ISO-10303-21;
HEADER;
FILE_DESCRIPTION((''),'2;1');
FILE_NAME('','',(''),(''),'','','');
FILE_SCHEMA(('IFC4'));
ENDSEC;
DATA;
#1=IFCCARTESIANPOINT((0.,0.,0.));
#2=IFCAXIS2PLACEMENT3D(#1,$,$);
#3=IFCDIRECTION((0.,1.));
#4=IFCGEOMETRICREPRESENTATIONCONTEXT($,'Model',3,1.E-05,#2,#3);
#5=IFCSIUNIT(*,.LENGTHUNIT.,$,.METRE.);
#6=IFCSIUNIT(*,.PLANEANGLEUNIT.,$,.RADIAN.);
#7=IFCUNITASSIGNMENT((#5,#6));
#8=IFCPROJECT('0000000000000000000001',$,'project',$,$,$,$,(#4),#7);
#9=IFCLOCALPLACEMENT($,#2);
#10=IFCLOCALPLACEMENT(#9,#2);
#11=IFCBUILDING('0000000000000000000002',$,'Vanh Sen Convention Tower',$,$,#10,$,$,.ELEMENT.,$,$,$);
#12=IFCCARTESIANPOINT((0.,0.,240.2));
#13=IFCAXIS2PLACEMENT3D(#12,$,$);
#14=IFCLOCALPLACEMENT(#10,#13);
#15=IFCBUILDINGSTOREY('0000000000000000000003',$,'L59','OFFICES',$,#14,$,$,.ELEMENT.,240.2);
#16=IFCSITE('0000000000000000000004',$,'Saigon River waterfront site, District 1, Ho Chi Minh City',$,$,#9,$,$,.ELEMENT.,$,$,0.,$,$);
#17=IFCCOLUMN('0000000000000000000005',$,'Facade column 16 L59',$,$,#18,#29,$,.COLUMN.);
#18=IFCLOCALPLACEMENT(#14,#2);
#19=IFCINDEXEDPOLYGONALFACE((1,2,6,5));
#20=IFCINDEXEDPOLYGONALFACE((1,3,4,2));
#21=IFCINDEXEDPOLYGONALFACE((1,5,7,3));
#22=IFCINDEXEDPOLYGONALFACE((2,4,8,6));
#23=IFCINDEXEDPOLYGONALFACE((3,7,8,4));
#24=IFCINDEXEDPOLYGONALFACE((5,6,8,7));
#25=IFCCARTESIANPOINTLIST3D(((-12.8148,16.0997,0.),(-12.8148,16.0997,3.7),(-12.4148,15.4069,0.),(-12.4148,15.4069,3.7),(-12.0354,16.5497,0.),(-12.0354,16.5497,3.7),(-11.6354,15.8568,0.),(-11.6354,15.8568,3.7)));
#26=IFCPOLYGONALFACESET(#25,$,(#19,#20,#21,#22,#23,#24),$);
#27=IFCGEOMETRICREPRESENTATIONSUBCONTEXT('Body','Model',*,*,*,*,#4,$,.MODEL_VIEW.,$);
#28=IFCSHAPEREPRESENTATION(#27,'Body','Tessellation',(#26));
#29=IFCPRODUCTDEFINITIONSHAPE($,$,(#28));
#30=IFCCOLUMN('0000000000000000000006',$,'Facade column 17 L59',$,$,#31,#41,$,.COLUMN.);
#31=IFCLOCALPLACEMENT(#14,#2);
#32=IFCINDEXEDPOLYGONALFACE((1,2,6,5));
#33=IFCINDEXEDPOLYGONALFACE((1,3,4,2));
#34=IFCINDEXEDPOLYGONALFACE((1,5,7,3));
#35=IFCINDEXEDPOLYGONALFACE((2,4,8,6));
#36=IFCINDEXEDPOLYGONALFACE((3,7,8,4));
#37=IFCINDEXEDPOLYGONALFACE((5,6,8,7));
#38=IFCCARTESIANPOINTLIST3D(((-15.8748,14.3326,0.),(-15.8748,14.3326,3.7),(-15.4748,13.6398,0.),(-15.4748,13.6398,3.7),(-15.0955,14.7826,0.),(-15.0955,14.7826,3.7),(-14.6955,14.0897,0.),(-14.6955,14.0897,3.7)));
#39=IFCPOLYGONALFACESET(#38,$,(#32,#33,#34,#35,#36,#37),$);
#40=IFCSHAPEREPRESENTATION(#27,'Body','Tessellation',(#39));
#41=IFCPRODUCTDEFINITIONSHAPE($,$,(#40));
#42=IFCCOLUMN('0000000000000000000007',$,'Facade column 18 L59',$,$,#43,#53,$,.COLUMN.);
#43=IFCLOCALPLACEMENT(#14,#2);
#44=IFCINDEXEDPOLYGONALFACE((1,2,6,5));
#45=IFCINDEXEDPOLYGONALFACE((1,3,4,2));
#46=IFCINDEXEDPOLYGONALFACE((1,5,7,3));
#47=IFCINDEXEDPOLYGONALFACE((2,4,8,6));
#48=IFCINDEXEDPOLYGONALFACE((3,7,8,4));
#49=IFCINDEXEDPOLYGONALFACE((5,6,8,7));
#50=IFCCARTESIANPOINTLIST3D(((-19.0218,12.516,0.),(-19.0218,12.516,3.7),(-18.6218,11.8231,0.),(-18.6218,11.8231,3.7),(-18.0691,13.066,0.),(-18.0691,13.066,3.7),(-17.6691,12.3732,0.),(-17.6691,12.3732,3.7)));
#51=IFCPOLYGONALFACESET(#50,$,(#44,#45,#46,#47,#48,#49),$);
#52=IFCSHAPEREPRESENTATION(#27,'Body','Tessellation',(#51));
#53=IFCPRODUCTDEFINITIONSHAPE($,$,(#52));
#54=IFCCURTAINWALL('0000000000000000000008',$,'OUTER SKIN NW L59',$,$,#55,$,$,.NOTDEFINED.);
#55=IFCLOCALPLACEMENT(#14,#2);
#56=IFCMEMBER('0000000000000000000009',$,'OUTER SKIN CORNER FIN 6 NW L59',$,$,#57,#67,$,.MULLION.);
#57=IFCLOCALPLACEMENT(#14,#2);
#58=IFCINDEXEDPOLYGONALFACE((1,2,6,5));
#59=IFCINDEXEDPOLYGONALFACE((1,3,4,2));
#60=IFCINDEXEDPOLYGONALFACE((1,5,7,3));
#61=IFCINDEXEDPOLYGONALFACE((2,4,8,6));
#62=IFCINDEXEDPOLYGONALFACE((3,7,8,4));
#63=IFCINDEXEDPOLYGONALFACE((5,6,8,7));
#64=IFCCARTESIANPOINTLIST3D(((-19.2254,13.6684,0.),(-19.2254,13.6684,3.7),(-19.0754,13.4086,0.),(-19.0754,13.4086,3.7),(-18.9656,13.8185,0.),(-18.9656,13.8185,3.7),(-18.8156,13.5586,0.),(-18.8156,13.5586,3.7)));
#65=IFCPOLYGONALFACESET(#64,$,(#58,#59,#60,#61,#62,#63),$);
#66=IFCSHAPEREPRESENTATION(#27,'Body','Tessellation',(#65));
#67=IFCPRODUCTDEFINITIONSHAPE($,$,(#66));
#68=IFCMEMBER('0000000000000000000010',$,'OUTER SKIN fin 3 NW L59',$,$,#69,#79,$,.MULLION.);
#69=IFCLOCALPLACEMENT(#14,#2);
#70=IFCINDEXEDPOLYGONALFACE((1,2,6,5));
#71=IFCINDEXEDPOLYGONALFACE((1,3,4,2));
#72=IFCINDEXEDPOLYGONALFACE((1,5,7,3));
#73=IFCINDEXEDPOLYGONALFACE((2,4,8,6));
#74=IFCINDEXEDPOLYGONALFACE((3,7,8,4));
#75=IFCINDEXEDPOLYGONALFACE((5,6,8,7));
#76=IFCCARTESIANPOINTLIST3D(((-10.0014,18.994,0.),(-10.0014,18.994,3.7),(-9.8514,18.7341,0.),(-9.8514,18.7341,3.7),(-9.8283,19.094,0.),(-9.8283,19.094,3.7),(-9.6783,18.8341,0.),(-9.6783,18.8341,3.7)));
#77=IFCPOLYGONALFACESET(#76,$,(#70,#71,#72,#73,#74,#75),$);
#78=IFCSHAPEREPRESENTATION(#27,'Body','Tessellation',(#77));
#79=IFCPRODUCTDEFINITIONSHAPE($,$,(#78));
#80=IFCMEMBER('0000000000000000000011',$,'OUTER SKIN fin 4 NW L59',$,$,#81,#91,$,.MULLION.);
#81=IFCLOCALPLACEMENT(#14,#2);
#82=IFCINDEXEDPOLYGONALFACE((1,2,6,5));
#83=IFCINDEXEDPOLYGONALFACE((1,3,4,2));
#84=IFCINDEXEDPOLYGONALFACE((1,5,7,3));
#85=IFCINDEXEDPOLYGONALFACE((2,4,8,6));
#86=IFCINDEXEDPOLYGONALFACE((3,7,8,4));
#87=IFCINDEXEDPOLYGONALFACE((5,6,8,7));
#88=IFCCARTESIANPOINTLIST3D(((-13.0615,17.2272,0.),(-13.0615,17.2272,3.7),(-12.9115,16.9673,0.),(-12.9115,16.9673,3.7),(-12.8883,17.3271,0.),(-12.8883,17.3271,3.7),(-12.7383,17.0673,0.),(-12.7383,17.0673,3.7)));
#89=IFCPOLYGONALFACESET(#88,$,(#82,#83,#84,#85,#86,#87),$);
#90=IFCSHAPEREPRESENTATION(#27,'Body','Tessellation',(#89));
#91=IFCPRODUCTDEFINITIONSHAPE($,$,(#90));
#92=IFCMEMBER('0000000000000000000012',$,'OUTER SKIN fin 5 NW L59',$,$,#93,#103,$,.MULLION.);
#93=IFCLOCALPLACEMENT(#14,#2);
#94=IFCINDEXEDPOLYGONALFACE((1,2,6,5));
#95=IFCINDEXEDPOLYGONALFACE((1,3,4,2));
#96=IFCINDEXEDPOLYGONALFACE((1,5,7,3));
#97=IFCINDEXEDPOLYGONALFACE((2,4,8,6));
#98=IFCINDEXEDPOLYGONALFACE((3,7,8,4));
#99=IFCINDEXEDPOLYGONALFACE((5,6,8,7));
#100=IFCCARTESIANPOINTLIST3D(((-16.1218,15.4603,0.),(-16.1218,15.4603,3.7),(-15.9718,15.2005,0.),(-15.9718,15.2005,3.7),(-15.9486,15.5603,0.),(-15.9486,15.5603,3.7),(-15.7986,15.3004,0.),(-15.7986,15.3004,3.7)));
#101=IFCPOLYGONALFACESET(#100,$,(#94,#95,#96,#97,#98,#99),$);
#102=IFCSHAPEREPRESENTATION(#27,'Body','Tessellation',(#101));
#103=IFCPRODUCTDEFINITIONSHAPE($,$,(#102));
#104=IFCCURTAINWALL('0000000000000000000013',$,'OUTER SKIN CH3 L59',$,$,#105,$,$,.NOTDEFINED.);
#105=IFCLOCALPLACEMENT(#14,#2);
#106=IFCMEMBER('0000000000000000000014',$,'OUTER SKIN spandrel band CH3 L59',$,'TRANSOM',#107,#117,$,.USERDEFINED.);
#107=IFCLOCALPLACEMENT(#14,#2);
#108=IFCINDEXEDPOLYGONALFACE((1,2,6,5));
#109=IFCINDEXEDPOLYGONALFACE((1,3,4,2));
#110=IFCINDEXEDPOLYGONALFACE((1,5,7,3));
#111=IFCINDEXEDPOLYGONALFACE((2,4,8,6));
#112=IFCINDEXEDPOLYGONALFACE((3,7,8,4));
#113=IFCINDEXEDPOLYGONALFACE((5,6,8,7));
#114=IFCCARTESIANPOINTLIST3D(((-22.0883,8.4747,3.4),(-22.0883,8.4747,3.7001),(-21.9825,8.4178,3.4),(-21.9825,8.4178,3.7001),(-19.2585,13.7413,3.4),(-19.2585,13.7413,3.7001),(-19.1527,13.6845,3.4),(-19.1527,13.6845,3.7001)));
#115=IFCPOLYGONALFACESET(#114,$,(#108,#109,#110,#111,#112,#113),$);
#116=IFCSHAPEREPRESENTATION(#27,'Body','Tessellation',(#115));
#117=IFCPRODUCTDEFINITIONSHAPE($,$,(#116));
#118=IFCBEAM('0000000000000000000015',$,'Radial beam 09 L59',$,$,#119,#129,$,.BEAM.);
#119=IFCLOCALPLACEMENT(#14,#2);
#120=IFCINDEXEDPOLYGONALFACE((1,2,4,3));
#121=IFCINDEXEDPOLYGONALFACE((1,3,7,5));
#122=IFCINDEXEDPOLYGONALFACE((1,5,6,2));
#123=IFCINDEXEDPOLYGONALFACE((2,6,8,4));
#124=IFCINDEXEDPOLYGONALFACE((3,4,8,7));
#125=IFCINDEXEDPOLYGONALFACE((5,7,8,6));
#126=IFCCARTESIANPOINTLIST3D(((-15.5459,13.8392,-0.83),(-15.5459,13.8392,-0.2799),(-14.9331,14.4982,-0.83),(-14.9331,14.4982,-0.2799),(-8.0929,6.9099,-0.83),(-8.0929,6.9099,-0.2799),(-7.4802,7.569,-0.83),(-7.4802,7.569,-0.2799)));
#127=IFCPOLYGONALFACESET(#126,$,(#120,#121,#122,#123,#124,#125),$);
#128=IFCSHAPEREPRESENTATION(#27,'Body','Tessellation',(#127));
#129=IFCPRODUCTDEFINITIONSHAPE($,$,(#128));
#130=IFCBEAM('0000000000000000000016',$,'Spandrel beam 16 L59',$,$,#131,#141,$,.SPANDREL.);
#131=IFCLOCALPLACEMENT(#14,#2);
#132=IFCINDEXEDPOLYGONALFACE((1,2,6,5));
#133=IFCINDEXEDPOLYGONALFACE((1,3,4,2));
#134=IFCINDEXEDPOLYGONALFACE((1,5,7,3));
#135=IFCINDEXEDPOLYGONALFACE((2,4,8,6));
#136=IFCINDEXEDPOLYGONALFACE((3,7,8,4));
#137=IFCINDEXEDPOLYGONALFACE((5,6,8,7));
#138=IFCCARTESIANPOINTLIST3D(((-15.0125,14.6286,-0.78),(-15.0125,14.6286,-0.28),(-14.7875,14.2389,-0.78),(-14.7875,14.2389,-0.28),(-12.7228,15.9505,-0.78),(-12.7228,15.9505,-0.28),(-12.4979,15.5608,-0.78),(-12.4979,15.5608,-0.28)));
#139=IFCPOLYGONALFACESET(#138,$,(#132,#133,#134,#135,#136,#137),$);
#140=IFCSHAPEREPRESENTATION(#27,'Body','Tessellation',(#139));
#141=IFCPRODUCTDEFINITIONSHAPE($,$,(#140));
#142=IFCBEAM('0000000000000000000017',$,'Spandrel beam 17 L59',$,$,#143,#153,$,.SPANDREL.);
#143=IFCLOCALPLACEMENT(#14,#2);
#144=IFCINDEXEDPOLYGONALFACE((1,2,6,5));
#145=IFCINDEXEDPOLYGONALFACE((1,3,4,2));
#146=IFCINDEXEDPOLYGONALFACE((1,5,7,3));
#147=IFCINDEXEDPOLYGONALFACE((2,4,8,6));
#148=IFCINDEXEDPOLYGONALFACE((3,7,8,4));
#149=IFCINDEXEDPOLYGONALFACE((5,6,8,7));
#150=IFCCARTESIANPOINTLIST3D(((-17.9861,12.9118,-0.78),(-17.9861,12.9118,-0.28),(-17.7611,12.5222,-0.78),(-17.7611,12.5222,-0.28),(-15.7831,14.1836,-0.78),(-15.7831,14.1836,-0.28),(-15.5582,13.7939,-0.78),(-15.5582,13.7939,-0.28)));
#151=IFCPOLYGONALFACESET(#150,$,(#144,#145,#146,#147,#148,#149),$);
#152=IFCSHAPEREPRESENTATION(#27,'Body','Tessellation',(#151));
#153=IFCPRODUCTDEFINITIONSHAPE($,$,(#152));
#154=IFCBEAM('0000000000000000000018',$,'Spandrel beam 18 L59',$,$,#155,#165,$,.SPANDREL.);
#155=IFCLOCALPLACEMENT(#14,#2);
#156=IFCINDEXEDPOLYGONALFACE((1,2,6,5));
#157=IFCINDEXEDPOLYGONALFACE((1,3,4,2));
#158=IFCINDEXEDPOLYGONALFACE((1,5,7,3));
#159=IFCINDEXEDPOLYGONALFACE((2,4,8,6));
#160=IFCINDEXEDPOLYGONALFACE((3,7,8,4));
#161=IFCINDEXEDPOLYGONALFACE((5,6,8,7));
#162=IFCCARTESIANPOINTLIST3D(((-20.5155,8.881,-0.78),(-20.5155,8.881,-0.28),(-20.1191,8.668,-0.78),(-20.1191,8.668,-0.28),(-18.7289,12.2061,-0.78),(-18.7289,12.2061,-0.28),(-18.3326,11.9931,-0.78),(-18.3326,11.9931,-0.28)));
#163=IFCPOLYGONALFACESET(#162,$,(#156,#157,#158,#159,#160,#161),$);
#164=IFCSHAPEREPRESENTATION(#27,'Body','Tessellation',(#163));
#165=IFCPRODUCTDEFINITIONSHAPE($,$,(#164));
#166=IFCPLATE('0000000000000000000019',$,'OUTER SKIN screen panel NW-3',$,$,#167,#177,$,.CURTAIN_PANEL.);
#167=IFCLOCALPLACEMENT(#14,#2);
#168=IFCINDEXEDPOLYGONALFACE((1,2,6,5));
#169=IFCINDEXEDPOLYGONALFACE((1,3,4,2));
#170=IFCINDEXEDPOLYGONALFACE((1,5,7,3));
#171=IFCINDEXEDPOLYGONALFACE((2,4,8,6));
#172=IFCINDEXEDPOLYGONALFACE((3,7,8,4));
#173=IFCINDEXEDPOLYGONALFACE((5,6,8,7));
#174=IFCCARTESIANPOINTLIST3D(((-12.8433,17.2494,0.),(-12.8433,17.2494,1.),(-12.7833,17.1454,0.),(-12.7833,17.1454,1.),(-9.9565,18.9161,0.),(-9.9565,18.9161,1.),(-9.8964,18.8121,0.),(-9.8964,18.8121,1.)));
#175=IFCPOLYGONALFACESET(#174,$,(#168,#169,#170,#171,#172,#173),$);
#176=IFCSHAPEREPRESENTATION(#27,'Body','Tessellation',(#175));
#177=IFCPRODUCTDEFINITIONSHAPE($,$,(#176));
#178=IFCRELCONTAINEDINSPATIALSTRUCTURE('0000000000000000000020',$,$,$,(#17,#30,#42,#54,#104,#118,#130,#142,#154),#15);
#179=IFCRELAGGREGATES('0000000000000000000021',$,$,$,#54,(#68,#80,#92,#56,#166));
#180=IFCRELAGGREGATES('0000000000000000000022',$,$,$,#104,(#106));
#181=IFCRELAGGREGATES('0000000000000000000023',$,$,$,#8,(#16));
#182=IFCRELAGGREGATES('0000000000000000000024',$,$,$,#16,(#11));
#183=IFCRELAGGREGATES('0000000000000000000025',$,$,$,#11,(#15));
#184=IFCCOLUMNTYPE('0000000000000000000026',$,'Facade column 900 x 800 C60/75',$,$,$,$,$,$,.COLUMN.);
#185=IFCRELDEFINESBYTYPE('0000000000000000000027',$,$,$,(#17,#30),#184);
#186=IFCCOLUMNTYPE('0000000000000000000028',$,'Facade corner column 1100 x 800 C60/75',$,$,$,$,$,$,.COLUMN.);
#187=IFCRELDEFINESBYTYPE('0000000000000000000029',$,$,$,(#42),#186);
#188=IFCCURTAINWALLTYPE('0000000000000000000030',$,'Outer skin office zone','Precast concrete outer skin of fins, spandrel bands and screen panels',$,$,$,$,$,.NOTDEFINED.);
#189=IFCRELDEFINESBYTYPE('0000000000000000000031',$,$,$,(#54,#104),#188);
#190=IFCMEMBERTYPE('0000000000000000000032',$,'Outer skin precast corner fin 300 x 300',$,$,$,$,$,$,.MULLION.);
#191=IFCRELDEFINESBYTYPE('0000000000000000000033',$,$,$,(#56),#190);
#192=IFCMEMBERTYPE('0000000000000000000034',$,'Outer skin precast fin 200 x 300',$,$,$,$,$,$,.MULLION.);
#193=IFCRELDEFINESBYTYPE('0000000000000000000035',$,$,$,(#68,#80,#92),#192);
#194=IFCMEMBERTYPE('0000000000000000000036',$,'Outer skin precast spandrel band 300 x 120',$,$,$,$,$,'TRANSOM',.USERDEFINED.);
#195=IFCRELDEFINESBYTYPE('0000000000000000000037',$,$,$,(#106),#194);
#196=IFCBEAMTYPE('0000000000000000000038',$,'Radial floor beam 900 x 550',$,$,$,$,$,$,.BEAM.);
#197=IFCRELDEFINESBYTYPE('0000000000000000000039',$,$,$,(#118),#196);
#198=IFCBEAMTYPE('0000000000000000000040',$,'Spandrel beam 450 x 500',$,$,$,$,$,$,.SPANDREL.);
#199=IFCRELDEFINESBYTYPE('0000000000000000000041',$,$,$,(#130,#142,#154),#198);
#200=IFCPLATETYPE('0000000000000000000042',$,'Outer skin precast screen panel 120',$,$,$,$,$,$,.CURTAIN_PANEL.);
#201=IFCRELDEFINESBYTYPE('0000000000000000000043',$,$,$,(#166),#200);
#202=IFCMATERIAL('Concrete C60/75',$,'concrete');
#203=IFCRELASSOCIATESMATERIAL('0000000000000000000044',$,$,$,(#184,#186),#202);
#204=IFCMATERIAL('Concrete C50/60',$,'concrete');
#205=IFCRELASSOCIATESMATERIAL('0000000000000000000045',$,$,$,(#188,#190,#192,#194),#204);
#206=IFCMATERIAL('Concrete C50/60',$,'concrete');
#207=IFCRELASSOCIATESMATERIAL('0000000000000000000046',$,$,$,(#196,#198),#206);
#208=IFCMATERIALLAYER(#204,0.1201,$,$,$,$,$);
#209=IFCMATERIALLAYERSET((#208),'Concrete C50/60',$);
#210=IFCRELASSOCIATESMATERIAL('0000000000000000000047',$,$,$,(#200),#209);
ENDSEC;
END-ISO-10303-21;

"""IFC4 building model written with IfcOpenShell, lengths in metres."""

from ifc_helpers import new_model, si_unit, direction, frame, origin, origin_2d, place, context, subcontext, project, spatial, rectangle, extrude, material, layer, layer_set, material_profile, profile_set, type_object, element, aggregate, save


model = new_model("IFC4")

# Units and contexts
model_context = context("Model", 3, precision=1e-05, world=origin(), true_north=direction((0.0, 1.0)))
body_context = subcontext(model_context, "Body", "Model", "MODEL_VIEW")
ifc_project = project(units=[si_unit("LENGTHUNIT", "METRE"), si_unit("PLANEANGLEUNIT", "RADIAN")], contexts=[model_context])

# Site, building, storey
site_placement = place(None, origin())
site = spatial("IfcSite", under=ifc_project, at=site_placement, Name="Saigon River waterfront site, District 1, Ho Chi Minh City", CompositionType="ELEMENT", RefElevation=0.0)
building_placement = place(site_placement, origin())
building = spatial("IfcBuilding", under=site, at=building_placement, Name="Vanh Sen Convention Tower", CompositionType="ELEMENT")
storey_placement = place(building_placement, frame((0.0, 0.0, 240.2)))
storey = spatial("IfcBuildingStorey", under=building, at=storey_placement, Name="L59", Description="OFFICES", CompositionType="ELEMENT", Elevation=240.2)

# Columns
ifc_material_1 = material(Name="Concrete C60/75", Category="concrete")
ifc_material_profile_1 = material_profile(ifc_material_1, rectangle(XDim=0.8999, YDim=0.8, at=origin_2d()), Name="RC 900X800")
ifc_profile_set_1 = profile_set([ifc_material_profile_1], Name="Concrete C60/75")
column_type_1 = type_object("IfcColumnType", Name="Facade column 900 x 800 C60/75", PredefinedType="COLUMN", material=ifc_profile_set_1)
for number, where, z_axis, x_axis, name in (
    (1, (-12.2251, 15.9783, 0.0), (0.0, 0.0, 1.0), (-0.866025, -0.5, 0.0), "Facade column 16 L59"),
    (2, (-15.2852, 14.2112, 0.0), (0.0, 0.0, 1.0), (-0.866025, -0.5, 0.0), "Facade column 17 L59"),
):
    element("IfcColumn", number, at=place(storey_placement, frame(where, z_axis=z_axis, x_axis=x_axis)), inside=storey, type_object=column_type_1, Name=name, PredefinedType="COLUMN", context=body_context, shape_type="SweptSolid", body=[
        extrude(rectangle(XDim=0.8999, YDim=0.8, at=origin_2d()), origin(), (0.0, 0.0, 1.0), 3.7),
    ])
ifc_material_profile_2 = material_profile(ifc_material_1, rectangle(XDim=1.1001, YDim=0.8, at=origin_2d()), Name="RC 1100X800")
ifc_profile_set_2 = profile_set([ifc_material_profile_2], Name="Concrete C60/75")
column_type_2 = type_object("IfcColumnType", Name="Facade corner column 1100 x 800 C60/75", PredefinedType="COLUMN", material=ifc_profile_set_2)
column_placement = place(storey_placement, frame((-18.3455, 12.4446, 0.0), z_axis=(0.0, 0.0, 1.0), x_axis=(-0.866025, -0.5, 0.0)))
element("IfcColumn", 3, at=column_placement, inside=storey, type_object=column_type_2, Name="Facade column 18 L59", PredefinedType="COLUMN", context=body_context, shape_type="SweptSolid", body=[
    extrude(rectangle(XDim=1.1001, YDim=0.8, at=origin_2d()), origin(), (0.0, 0.0, 1.0), 3.7),
])

# Curtain wall, members
ifc_material_2 = material(Name="Concrete C50/60", Category="concrete")
curtain_wall_type = type_object("IfcCurtainWallType", Name="Outer skin office zone", Description="Precast concrete outer skin of fins, spandrel bands and screen panels", PredefinedType="NOTDEFINED", material=ifc_material_2)
curtain_wall_1_placement = place(storey_placement, origin())
curtain_wall_1 = element("IfcCurtainWall", 4, at=curtain_wall_1_placement, inside=storey, type_object=curtain_wall_type, Name="OUTER SKIN NW L59", PredefinedType="NOTDEFINED")
ifc_material_profile_3 = material_profile(ifc_material_2, rectangle(XDim=0.3, YDim=0.3, at=origin_2d()), Name="Outer skin precast corner fin 300 x 300")
ifc_profile_set_3 = profile_set([ifc_material_profile_3], Name="Concrete C50/60")
member_type_1 = type_object("IfcMemberType", Name="Outer skin precast corner fin 300 x 300", PredefinedType="MULLION", material=ifc_profile_set_3)
member_1_placement = place(storey_placement, frame((-19.0205, 13.6135, 0.0), z_axis=(0.0, 0.0, 1.0), x_axis=(-0.866025, -0.5, 0.0)))
member_1 = element("IfcMember", 5, at=member_1_placement, type_object=member_type_1, Name="OUTER SKIN CORNER FIN 6 NW L59", PredefinedType="MULLION", context=body_context, shape_type="SweptSolid", body=[
    extrude(rectangle(XDim=0.3, YDim=0.3, at=origin_2d()), origin(), (0.0, 0.0, 1.0), 3.7),
])
ifc_material_profile_4 = material_profile(ifc_material_2, rectangle(XDim=0.2, YDim=0.3, at=origin_2d()), Name="Outer skin precast fin 200 x 300")
ifc_profile_set_4 = profile_set([ifc_material_profile_4], Name="Concrete C50/60")
member_type_2 = type_object("IfcMemberType", Name="Outer skin precast fin 200 x 300", PredefinedType="MULLION", material=ifc_profile_set_4)
member_2_placement = place(storey_placement, frame((-9.8398, 18.9141, 0.0), z_axis=(0.0, 0.0, 1.0), x_axis=(-0.866025, -0.5, 0.0)))
member_2 = element("IfcMember", 6, at=member_2_placement, type_object=member_type_2, Name="OUTER SKIN fin 3 NW L59", PredefinedType="MULLION", context=body_context, shape_type="SweptSolid", body=[
    extrude(rectangle(XDim=0.2, YDim=0.3, at=origin_2d()), origin(), (0.0, 0.0, 1.0), 3.7),
])
member_3_placement = place(storey_placement, frame((-12.8999, 17.1472, 0.0), z_axis=(0.0, 0.0, 1.0), x_axis=(-0.866025, -0.5, 0.0)))
member_3 = element("IfcMember", 7, at=member_3_placement, type_object=member_type_2, Name="OUTER SKIN fin 4 NW L59", PredefinedType="MULLION", context=body_context, shape_type="SweptSolid", body=[
    extrude(rectangle(XDim=0.2, YDim=0.3, at=origin_2d()), origin(), (0.0, 0.0, 1.0), 3.7),
])
member_4_placement = place(storey_placement, frame((-15.9602, 15.3804, 0.0), z_axis=(0.0, 0.0, 1.0), x_axis=(-0.866025, -0.5, 0.0)))
member_4 = element("IfcMember", 8, at=member_4_placement, type_object=member_type_2, Name="OUTER SKIN fin 5 NW L59", PredefinedType="MULLION", context=body_context, shape_type="SweptSolid", body=[
    extrude(rectangle(XDim=0.2, YDim=0.3, at=origin_2d()), origin(), (0.0, 0.0, 1.0), 3.7),
])

# Curtain wall, member
curtain_wall_2_placement = place(storey_placement, origin())
curtain_wall_2 = element("IfcCurtainWall", 9, at=curtain_wall_2_placement, inside=storey, type_object=curtain_wall_type, Name="OUTER SKIN CH3 L59", PredefinedType="NOTDEFINED")
ifc_material_profile_5 = material_profile(ifc_material_2, rectangle(XDim=0.1201, YDim=0.3, at=origin_2d()), Name="Outer skin precast spandrel band 300 x 120")
ifc_profile_set_5 = profile_set([ifc_material_profile_5], Name="Concrete C50/60")
member_type_3 = type_object("IfcMemberType", Name="Outer skin precast spandrel band 300 x 120", ElementType="TRANSOM", PredefinedType="USERDEFINED", material=ifc_profile_set_5)
member_5_placement = place(storey_placement, frame((-19.2056, 13.7129, 3.55), z_axis=(-0.473318, -0.880892, 0.0), x_axis=(0.880892, -0.473318, 0.0)))
member_5 = element("IfcMember", 10, at=member_5_placement, type_object=member_type_3, Name="OUTER SKIN spandrel band CH3 L59", ObjectType="TRANSOM", PredefinedType="USERDEFINED", context=body_context, shape_type="SweptSolid", body=[
    extrude(rectangle(XDim=0.1201, YDim=0.3, at=origin_2d()), origin(), (0.0, 0.0, 1.0), 5.9788),
])

# Beams
ifc_material_3 = material(Name="Concrete C50/60", Category="concrete")
ifc_material_profile_6 = material_profile(ifc_material_3, rectangle(XDim=0.8999, YDim=0.55, at=origin_2d()), Name="RC 900X550")
ifc_profile_set_6 = profile_set([ifc_material_profile_6], Name="Concrete C50/60")
beam_type_1 = type_object("IfcBeamType", Name="Radial floor beam 900 x 550", PredefinedType="BEAM", material=ifc_profile_set_6)
beam_1_placement = place(storey_placement, frame((-15.2395, 14.1687, -0.5549), z_axis=(0.732369, -0.680908, 0.0), x_axis=(0.680908, 0.732369, 0.0)))
element("IfcBeam", 11, at=beam_1_placement, inside=storey, type_object=beam_type_1, Name="Radial beam 09 L59", PredefinedType="BEAM", context=body_context, shape_type="SweptSolid", body=[
    extrude(rectangle(XDim=0.8999, YDim=0.55, at=origin_2d()), origin(), (0.0, 0.0, 1.0), 10.1765),
])
ifc_material_profile_7 = material_profile(ifc_material_3, rectangle(XDim=0.45, YDim=0.5, at=origin_2d()), Name="RC 450X500")
ifc_profile_set_7 = profile_set([ifc_material_profile_7], Name="Concrete C50/60")
beam_type_2 = type_object("IfcBeamType", Name="Spandrel beam 450 x 500", PredefinedType="SPANDREL", material=ifc_profile_set_7)
beam_2_placement = place(storey_placement, frame((-12.6104, 15.7556, -0.53), z_axis=(-0.866041, -0.499973, 0.0), x_axis=(0.499973, -0.866041, 0.0)))
element("IfcBeam", 12, at=beam_2_placement, inside=storey, type_object=beam_type_2, Name="Spandrel beam 16 L59", PredefinedType="SPANDREL", context=body_context, shape_type="SweptSolid", body=[
    extrude(rectangle(XDim=0.45, YDim=0.5, at=origin_2d()), origin(), (0.0, 0.0, 1.0), 2.6438),
])
beam_3_placement = place(storey_placement, frame((-15.6707, 13.9888, -0.53), z_axis=(-0.866043, -0.499969, 0.0), x_axis=(0.499969, -0.866043, 0.0)))
element("IfcBeam", 13, at=beam_3_placement, inside=storey, type_object=beam_type_2, Name="Spandrel beam 17 L59", PredefinedType="SPANDREL", context=body_context, shape_type="SweptSolid", body=[
    extrude(rectangle(XDim=0.45, YDim=0.5, at=origin_2d()), origin(), (0.0, 0.0, 1.0), 2.5437),
])
beam_4_placement = place(storey_placement, frame((-18.5308, 12.0996, -0.53), z_axis=(-0.473305, -0.880899, 0.0), x_axis=(0.880899, -0.473305, 0.0)))
element("IfcBeam", 14, at=beam_4_placement, inside=storey, type_object=beam_type_2, Name="Spandrel beam 18 L59", PredefinedType="SPANDREL", context=body_context, shape_type="SweptSolid", body=[
    extrude(rectangle(XDim=0.45, YDim=0.5, at=origin_2d()), origin(), (0.0, 0.0, 1.0), 3.7747),
])

# Plate
ifc_layer_1 = layer(ifc_material_2, 0.1201)
ifc_layer_set_1 = layer_set([ifc_layer_1], Name="Concrete C50/60")
plate_type = type_object("IfcPlateType", Name="Outer skin precast screen panel 120", PredefinedType="CURTAIN_PANEL", material=ifc_layer_set_1)
plate_1_placement = place(storey_placement, frame((-11.3699, 18.0308, 0.0), z_axis=(0.0, 0.0, 1.0), x_axis=(-0.866026, -0.499998, 0.0)))
plate_1 = element("IfcPlate", 15, at=plate_1_placement, type_object=plate_type, Name="OUTER SKIN screen panel NW-3", PredefinedType="CURTAIN_PANEL", context=body_context, shape_type="SweptSolid", body=[
    extrude(rectangle(XDim=3.3335, YDim=0.1201, at=origin_2d()), origin(), (0.0, 0.0, 1.0), 1.0),
])
aggregate(curtain_wall_1, [member_2, member_3, member_4, member_1, plate_1])
aggregate(curtain_wall_2, [member_5])

save(model, "model.ifc")
